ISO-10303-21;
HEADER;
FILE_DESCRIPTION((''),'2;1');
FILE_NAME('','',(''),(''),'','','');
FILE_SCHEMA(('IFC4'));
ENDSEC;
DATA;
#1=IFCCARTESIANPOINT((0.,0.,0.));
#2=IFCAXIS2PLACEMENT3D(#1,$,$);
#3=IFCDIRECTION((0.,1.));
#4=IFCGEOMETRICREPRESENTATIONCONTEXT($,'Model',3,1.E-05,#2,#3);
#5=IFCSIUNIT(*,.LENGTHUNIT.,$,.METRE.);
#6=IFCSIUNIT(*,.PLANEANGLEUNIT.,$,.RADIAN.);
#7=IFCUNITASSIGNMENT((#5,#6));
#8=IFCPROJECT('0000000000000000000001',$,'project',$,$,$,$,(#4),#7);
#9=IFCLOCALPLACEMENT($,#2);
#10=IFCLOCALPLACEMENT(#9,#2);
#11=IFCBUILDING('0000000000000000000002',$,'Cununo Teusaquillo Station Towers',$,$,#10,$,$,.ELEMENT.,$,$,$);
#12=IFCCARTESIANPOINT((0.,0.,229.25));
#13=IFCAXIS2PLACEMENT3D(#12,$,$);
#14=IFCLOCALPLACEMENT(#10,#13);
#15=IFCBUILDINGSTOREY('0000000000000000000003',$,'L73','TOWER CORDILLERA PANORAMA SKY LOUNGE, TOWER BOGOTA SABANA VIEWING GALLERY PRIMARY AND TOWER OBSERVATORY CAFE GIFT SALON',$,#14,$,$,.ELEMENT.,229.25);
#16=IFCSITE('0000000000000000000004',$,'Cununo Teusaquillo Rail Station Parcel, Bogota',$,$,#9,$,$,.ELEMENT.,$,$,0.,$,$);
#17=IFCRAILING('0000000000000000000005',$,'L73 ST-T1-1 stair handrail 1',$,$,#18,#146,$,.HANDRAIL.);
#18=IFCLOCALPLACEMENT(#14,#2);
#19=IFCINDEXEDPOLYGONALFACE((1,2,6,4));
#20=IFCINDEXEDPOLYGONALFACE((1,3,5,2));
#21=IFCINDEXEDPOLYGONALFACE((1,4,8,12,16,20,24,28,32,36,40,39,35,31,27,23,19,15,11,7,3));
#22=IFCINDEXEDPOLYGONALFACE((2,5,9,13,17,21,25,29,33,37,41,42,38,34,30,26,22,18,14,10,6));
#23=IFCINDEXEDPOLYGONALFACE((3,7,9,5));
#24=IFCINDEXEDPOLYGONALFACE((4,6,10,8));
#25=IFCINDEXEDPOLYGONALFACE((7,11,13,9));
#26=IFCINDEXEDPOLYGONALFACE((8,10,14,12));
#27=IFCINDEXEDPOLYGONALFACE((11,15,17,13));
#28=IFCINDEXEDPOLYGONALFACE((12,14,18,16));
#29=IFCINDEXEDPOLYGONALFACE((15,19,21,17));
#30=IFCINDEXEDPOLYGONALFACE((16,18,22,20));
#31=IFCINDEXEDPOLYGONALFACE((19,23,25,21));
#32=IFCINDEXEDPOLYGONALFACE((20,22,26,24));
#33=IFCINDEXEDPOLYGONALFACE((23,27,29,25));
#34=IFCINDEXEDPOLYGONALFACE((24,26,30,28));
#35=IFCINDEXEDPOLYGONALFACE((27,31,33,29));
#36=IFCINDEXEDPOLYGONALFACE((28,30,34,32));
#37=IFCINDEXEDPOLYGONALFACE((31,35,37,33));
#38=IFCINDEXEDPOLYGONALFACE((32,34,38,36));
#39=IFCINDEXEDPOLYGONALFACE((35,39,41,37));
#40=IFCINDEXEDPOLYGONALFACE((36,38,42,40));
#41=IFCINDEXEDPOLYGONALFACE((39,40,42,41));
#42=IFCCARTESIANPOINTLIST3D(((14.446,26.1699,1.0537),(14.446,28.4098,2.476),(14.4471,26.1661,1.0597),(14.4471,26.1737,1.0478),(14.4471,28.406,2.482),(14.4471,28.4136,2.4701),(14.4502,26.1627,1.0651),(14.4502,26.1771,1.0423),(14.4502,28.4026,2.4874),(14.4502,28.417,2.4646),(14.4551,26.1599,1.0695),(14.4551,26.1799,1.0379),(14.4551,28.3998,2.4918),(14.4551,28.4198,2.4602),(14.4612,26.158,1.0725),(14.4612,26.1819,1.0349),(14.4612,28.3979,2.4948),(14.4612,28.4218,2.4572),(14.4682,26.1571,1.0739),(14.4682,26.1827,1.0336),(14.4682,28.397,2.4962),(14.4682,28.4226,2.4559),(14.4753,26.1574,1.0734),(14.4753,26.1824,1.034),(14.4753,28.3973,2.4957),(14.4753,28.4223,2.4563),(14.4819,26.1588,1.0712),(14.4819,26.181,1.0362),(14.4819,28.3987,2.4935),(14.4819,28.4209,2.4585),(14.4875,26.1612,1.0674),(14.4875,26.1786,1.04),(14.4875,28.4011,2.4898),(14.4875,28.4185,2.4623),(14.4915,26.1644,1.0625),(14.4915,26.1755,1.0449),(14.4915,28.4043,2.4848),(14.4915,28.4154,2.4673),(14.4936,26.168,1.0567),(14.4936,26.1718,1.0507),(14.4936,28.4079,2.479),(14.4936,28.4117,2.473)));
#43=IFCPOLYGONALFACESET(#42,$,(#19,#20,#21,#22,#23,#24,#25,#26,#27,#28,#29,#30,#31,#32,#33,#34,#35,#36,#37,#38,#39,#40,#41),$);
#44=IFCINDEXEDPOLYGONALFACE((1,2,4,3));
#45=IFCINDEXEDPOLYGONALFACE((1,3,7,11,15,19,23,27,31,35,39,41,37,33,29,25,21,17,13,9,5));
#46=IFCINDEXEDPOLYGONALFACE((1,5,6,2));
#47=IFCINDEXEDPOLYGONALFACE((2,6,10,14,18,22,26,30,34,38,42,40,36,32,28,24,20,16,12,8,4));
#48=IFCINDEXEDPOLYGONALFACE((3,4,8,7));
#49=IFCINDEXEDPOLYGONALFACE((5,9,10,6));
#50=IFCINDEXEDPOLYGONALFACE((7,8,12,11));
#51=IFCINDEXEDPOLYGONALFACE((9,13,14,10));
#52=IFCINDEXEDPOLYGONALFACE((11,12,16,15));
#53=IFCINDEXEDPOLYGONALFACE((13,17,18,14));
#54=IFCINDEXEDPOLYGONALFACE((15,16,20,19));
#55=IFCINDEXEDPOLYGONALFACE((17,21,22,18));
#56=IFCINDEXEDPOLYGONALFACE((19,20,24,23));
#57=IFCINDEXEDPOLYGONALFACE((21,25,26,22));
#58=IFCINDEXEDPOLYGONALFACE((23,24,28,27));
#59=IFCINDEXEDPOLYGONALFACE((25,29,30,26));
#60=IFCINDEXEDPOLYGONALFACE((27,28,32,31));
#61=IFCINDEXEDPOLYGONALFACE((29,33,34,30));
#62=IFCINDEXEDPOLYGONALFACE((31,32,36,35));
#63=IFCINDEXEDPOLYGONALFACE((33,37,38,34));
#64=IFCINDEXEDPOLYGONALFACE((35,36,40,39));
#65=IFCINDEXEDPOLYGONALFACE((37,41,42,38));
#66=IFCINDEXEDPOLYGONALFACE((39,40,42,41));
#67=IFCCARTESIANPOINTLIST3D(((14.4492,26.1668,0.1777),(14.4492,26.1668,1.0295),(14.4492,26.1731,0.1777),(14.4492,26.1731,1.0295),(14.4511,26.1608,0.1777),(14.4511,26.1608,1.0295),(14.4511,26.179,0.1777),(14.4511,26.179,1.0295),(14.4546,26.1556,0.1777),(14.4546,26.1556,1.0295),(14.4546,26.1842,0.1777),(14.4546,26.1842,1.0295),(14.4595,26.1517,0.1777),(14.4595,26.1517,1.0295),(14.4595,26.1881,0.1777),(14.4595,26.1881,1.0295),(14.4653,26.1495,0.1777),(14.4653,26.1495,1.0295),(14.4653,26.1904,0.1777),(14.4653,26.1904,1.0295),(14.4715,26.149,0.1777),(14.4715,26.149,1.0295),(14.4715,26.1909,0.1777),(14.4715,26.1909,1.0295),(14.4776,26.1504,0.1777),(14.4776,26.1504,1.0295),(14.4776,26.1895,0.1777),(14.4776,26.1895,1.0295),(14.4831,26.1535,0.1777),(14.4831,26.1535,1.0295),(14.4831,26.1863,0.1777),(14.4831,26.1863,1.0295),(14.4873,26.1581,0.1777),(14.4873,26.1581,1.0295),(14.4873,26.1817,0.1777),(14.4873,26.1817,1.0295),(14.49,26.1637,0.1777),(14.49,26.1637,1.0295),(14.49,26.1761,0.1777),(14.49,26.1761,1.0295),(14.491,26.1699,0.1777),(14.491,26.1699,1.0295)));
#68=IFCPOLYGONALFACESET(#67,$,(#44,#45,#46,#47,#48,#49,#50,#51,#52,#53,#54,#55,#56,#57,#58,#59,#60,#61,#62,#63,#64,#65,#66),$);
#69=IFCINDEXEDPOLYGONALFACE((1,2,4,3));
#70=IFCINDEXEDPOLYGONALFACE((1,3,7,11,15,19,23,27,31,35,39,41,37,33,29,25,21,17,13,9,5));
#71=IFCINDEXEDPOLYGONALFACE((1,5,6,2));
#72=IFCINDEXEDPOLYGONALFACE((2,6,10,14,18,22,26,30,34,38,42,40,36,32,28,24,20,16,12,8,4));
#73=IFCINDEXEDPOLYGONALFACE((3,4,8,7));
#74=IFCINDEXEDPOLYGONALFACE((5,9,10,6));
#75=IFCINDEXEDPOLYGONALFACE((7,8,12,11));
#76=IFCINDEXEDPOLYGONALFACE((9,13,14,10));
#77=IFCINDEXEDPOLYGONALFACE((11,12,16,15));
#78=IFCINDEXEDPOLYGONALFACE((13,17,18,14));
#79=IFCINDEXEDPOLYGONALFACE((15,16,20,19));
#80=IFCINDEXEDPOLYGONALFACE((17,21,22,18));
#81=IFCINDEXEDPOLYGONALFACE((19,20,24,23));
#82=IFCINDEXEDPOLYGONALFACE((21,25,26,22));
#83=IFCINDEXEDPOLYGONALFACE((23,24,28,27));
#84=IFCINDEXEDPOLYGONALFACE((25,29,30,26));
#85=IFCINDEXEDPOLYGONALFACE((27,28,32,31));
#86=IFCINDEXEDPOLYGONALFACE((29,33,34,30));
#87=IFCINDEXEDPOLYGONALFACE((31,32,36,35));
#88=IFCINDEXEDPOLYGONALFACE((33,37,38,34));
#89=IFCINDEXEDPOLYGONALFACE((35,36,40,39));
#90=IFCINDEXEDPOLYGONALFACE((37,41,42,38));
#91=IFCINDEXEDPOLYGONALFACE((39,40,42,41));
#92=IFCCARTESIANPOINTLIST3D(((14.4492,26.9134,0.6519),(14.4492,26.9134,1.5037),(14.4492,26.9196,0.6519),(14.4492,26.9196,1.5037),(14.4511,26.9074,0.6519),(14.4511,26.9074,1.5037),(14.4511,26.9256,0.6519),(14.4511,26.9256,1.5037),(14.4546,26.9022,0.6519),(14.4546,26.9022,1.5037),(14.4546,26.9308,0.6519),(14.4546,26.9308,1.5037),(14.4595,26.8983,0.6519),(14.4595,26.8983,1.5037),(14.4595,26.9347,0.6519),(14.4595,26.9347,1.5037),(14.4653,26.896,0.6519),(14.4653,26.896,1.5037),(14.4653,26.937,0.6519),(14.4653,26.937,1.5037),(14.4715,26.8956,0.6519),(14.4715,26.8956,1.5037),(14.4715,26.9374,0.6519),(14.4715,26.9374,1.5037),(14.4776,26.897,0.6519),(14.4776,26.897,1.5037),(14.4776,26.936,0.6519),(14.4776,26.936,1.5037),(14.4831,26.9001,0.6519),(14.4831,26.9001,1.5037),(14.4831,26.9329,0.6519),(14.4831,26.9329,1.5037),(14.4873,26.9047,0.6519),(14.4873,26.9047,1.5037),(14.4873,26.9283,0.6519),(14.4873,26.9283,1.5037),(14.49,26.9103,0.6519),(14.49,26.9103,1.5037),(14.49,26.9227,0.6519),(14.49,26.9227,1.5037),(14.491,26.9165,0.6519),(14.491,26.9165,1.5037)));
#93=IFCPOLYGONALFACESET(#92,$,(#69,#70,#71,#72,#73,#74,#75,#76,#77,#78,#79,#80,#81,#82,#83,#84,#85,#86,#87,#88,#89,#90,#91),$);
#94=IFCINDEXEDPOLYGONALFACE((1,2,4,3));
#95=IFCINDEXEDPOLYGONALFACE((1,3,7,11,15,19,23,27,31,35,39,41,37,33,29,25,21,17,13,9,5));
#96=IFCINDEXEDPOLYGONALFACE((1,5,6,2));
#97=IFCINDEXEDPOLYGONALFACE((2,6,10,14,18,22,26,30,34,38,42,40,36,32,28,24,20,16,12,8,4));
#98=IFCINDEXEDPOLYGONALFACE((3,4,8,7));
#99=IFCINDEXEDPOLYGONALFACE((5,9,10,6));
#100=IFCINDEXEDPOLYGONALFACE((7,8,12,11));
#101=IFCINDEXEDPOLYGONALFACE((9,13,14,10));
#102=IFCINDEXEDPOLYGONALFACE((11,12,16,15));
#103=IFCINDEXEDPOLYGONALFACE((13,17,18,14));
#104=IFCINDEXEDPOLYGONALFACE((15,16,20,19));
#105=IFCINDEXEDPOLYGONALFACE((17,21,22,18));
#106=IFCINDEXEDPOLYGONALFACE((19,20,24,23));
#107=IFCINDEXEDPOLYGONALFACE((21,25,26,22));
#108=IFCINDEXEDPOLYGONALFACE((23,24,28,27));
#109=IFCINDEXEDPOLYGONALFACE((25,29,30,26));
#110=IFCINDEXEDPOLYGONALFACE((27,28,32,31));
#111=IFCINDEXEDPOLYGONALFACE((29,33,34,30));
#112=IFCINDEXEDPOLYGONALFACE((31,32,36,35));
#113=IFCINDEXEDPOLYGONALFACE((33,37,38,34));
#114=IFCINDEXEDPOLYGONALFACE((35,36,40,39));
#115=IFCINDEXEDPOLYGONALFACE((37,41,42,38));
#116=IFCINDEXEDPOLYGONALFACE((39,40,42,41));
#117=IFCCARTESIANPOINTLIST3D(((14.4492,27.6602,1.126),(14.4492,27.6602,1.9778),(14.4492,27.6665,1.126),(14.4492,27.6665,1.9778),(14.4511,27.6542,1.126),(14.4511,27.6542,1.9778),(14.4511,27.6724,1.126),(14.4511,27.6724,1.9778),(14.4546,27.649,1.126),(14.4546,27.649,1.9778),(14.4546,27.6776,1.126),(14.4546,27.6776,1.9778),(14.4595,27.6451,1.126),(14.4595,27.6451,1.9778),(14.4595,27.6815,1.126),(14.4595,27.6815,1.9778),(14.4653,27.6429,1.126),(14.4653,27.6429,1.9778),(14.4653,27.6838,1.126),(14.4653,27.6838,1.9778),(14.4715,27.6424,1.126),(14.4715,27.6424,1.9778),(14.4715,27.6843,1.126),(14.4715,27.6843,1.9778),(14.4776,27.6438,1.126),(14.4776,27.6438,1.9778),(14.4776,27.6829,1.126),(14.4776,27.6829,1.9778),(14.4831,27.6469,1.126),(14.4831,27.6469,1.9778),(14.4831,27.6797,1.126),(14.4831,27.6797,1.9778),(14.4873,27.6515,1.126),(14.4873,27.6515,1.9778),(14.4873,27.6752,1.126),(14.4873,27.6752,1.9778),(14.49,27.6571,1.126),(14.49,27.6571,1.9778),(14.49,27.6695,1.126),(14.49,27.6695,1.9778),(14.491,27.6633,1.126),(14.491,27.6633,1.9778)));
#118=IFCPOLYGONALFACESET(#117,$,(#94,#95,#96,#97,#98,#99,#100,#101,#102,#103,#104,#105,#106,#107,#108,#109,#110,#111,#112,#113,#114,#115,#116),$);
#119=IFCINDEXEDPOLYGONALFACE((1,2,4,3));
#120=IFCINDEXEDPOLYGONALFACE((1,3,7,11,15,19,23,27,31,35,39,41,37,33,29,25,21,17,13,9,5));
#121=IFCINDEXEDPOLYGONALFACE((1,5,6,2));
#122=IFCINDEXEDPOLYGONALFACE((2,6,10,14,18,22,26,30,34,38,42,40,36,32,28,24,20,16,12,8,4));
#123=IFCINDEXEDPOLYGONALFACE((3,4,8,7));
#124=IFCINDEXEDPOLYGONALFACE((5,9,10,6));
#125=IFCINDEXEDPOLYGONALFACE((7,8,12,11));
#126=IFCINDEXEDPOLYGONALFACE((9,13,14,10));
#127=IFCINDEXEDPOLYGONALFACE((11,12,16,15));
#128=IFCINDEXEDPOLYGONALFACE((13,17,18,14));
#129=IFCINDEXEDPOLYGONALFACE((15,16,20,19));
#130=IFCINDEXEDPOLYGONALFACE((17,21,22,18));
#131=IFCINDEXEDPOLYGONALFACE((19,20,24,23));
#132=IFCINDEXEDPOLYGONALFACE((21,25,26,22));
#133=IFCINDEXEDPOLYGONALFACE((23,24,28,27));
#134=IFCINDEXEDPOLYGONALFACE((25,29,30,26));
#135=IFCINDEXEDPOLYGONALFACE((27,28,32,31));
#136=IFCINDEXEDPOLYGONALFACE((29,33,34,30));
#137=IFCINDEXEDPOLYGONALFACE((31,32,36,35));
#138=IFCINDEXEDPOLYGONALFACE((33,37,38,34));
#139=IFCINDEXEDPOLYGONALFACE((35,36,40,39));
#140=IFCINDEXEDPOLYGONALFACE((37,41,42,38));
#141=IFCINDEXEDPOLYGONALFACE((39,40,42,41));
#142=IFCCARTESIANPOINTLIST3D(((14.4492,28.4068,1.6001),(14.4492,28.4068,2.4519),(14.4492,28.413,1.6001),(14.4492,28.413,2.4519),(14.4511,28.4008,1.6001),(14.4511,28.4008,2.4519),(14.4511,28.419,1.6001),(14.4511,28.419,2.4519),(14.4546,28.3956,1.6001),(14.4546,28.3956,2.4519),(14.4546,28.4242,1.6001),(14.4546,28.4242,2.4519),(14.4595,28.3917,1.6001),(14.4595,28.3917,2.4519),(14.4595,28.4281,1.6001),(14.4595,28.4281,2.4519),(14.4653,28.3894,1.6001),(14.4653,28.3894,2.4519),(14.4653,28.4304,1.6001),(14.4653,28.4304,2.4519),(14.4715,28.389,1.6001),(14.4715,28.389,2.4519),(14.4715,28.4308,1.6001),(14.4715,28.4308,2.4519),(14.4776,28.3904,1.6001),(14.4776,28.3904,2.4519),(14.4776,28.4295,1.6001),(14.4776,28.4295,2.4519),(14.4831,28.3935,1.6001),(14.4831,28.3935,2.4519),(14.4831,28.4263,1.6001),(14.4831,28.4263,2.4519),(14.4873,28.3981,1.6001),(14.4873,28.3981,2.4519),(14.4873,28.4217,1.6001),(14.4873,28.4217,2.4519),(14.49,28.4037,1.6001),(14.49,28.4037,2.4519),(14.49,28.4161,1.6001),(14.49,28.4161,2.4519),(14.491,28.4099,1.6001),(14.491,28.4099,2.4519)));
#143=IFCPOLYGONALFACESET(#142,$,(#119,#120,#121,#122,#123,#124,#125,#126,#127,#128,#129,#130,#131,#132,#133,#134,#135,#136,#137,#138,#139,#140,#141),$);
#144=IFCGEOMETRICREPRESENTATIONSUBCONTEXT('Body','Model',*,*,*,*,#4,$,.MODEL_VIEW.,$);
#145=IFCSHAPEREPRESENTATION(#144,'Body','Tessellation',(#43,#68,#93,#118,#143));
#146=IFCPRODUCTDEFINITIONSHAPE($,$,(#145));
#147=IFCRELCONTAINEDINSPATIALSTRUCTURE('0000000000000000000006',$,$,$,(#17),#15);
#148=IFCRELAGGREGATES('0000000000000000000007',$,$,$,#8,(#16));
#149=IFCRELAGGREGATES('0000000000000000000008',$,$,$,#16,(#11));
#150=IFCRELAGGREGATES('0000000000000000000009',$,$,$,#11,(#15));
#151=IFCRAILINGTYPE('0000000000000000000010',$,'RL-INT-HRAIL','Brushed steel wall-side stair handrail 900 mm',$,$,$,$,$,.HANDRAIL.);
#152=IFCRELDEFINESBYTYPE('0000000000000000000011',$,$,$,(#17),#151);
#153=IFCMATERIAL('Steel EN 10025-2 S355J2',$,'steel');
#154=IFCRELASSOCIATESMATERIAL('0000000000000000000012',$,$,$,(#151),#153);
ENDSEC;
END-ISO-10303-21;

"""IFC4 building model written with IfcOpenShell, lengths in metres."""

from ifc_helpers import new_model, si_unit, direction, frame, origin, origin_2d, place, context, subcontext, project, spatial, circle, extrude, material, type_object, element, save


model = new_model("IFC4")

# Units and contexts
model_context = context("Model", 3, precision=1e-05, world=origin(), true_north=direction((0.0, 1.0)))
body_context = subcontext(model_context, "Body", "Model", "MODEL_VIEW")
ifc_project = project(units=[si_unit("LENGTHUNIT", "METRE"), si_unit("PLANEANGLEUNIT", "RADIAN")], contexts=[model_context])

# Site, building, storey
site_placement = place(None, origin())
site = spatial("IfcSite", under=ifc_project, at=site_placement, Name="Cununo Teusaquillo Rail Station Parcel, Bogota", CompositionType="ELEMENT", RefElevation=0.0)
building_placement = place(site_placement, origin())
building = spatial("IfcBuilding", under=site, at=building_placement, Name="Cununo Teusaquillo Station Towers", CompositionType="ELEMENT")
storey_placement = place(building_placement, frame((0.0, 0.0, 229.25)))
storey = spatial("IfcBuildingStorey", under=building, at=storey_placement, Name="L73", Description="TOWER CORDILLERA PANORAMA SKY LOUNGE, TOWER BOGOTA SABANA VIEWING GALLERY PRIMARY AND TOWER OBSERVATORY CAFE GIFT SALON", CompositionType="ELEMENT", Elevation=229.25)

# Railing
ifc_material_1 = material(Name="Steel EN 10025-2 S355J2", Category="steel")
railing_type_1 = type_object("IfcRailingType", Name="RL-INT-HRAIL", Description="Brushed steel wall-side stair handrail 900 mm", PredefinedType="HANDRAIL", material=ifc_material_1)
railing_1_placement = place(storey_placement, frame((14.47, 26.1699, 0.1777)))
element("IfcRailing", 1, at=railing_1_placement, inside=storey, type_object=railing_type_1, Name="L73 ST-T1-1 stair handrail 1", PredefinedType="HANDRAIL", context=body_context, shape_type="SweptSolid", body=[
    extrude(circle(Radius=0.0239, at=origin_2d()), frame((0.0, 0.0, 0.876), z_axis=(0.0, 0.844188, 0.536048), x_axis=(-1.0, 0.0, 0.0)), (0.0, 0.0, 1.0), 2.6533),
    extrude(circle(Radius=0.021, at=origin_2d()), origin(), (0.0, 0.0, 1.0), 0.8518),
    extrude(circle(Radius=0.021, at=origin_2d()), frame((0.0, 0.7466, 0.4741)), (0.0, 0.0, 1.0), 0.8518),
    extrude(circle(Radius=0.021, at=origin_2d()), frame((0.0, 1.4934, 0.9482)), (0.0, 0.0, 1.0), 0.8518),
    extrude(circle(Radius=0.021, at=origin_2d()), frame((0.0, 2.24, 1.4224)), (0.0, 0.0, 1.0), 0.8518),
])

save(model, "model.ifc")
